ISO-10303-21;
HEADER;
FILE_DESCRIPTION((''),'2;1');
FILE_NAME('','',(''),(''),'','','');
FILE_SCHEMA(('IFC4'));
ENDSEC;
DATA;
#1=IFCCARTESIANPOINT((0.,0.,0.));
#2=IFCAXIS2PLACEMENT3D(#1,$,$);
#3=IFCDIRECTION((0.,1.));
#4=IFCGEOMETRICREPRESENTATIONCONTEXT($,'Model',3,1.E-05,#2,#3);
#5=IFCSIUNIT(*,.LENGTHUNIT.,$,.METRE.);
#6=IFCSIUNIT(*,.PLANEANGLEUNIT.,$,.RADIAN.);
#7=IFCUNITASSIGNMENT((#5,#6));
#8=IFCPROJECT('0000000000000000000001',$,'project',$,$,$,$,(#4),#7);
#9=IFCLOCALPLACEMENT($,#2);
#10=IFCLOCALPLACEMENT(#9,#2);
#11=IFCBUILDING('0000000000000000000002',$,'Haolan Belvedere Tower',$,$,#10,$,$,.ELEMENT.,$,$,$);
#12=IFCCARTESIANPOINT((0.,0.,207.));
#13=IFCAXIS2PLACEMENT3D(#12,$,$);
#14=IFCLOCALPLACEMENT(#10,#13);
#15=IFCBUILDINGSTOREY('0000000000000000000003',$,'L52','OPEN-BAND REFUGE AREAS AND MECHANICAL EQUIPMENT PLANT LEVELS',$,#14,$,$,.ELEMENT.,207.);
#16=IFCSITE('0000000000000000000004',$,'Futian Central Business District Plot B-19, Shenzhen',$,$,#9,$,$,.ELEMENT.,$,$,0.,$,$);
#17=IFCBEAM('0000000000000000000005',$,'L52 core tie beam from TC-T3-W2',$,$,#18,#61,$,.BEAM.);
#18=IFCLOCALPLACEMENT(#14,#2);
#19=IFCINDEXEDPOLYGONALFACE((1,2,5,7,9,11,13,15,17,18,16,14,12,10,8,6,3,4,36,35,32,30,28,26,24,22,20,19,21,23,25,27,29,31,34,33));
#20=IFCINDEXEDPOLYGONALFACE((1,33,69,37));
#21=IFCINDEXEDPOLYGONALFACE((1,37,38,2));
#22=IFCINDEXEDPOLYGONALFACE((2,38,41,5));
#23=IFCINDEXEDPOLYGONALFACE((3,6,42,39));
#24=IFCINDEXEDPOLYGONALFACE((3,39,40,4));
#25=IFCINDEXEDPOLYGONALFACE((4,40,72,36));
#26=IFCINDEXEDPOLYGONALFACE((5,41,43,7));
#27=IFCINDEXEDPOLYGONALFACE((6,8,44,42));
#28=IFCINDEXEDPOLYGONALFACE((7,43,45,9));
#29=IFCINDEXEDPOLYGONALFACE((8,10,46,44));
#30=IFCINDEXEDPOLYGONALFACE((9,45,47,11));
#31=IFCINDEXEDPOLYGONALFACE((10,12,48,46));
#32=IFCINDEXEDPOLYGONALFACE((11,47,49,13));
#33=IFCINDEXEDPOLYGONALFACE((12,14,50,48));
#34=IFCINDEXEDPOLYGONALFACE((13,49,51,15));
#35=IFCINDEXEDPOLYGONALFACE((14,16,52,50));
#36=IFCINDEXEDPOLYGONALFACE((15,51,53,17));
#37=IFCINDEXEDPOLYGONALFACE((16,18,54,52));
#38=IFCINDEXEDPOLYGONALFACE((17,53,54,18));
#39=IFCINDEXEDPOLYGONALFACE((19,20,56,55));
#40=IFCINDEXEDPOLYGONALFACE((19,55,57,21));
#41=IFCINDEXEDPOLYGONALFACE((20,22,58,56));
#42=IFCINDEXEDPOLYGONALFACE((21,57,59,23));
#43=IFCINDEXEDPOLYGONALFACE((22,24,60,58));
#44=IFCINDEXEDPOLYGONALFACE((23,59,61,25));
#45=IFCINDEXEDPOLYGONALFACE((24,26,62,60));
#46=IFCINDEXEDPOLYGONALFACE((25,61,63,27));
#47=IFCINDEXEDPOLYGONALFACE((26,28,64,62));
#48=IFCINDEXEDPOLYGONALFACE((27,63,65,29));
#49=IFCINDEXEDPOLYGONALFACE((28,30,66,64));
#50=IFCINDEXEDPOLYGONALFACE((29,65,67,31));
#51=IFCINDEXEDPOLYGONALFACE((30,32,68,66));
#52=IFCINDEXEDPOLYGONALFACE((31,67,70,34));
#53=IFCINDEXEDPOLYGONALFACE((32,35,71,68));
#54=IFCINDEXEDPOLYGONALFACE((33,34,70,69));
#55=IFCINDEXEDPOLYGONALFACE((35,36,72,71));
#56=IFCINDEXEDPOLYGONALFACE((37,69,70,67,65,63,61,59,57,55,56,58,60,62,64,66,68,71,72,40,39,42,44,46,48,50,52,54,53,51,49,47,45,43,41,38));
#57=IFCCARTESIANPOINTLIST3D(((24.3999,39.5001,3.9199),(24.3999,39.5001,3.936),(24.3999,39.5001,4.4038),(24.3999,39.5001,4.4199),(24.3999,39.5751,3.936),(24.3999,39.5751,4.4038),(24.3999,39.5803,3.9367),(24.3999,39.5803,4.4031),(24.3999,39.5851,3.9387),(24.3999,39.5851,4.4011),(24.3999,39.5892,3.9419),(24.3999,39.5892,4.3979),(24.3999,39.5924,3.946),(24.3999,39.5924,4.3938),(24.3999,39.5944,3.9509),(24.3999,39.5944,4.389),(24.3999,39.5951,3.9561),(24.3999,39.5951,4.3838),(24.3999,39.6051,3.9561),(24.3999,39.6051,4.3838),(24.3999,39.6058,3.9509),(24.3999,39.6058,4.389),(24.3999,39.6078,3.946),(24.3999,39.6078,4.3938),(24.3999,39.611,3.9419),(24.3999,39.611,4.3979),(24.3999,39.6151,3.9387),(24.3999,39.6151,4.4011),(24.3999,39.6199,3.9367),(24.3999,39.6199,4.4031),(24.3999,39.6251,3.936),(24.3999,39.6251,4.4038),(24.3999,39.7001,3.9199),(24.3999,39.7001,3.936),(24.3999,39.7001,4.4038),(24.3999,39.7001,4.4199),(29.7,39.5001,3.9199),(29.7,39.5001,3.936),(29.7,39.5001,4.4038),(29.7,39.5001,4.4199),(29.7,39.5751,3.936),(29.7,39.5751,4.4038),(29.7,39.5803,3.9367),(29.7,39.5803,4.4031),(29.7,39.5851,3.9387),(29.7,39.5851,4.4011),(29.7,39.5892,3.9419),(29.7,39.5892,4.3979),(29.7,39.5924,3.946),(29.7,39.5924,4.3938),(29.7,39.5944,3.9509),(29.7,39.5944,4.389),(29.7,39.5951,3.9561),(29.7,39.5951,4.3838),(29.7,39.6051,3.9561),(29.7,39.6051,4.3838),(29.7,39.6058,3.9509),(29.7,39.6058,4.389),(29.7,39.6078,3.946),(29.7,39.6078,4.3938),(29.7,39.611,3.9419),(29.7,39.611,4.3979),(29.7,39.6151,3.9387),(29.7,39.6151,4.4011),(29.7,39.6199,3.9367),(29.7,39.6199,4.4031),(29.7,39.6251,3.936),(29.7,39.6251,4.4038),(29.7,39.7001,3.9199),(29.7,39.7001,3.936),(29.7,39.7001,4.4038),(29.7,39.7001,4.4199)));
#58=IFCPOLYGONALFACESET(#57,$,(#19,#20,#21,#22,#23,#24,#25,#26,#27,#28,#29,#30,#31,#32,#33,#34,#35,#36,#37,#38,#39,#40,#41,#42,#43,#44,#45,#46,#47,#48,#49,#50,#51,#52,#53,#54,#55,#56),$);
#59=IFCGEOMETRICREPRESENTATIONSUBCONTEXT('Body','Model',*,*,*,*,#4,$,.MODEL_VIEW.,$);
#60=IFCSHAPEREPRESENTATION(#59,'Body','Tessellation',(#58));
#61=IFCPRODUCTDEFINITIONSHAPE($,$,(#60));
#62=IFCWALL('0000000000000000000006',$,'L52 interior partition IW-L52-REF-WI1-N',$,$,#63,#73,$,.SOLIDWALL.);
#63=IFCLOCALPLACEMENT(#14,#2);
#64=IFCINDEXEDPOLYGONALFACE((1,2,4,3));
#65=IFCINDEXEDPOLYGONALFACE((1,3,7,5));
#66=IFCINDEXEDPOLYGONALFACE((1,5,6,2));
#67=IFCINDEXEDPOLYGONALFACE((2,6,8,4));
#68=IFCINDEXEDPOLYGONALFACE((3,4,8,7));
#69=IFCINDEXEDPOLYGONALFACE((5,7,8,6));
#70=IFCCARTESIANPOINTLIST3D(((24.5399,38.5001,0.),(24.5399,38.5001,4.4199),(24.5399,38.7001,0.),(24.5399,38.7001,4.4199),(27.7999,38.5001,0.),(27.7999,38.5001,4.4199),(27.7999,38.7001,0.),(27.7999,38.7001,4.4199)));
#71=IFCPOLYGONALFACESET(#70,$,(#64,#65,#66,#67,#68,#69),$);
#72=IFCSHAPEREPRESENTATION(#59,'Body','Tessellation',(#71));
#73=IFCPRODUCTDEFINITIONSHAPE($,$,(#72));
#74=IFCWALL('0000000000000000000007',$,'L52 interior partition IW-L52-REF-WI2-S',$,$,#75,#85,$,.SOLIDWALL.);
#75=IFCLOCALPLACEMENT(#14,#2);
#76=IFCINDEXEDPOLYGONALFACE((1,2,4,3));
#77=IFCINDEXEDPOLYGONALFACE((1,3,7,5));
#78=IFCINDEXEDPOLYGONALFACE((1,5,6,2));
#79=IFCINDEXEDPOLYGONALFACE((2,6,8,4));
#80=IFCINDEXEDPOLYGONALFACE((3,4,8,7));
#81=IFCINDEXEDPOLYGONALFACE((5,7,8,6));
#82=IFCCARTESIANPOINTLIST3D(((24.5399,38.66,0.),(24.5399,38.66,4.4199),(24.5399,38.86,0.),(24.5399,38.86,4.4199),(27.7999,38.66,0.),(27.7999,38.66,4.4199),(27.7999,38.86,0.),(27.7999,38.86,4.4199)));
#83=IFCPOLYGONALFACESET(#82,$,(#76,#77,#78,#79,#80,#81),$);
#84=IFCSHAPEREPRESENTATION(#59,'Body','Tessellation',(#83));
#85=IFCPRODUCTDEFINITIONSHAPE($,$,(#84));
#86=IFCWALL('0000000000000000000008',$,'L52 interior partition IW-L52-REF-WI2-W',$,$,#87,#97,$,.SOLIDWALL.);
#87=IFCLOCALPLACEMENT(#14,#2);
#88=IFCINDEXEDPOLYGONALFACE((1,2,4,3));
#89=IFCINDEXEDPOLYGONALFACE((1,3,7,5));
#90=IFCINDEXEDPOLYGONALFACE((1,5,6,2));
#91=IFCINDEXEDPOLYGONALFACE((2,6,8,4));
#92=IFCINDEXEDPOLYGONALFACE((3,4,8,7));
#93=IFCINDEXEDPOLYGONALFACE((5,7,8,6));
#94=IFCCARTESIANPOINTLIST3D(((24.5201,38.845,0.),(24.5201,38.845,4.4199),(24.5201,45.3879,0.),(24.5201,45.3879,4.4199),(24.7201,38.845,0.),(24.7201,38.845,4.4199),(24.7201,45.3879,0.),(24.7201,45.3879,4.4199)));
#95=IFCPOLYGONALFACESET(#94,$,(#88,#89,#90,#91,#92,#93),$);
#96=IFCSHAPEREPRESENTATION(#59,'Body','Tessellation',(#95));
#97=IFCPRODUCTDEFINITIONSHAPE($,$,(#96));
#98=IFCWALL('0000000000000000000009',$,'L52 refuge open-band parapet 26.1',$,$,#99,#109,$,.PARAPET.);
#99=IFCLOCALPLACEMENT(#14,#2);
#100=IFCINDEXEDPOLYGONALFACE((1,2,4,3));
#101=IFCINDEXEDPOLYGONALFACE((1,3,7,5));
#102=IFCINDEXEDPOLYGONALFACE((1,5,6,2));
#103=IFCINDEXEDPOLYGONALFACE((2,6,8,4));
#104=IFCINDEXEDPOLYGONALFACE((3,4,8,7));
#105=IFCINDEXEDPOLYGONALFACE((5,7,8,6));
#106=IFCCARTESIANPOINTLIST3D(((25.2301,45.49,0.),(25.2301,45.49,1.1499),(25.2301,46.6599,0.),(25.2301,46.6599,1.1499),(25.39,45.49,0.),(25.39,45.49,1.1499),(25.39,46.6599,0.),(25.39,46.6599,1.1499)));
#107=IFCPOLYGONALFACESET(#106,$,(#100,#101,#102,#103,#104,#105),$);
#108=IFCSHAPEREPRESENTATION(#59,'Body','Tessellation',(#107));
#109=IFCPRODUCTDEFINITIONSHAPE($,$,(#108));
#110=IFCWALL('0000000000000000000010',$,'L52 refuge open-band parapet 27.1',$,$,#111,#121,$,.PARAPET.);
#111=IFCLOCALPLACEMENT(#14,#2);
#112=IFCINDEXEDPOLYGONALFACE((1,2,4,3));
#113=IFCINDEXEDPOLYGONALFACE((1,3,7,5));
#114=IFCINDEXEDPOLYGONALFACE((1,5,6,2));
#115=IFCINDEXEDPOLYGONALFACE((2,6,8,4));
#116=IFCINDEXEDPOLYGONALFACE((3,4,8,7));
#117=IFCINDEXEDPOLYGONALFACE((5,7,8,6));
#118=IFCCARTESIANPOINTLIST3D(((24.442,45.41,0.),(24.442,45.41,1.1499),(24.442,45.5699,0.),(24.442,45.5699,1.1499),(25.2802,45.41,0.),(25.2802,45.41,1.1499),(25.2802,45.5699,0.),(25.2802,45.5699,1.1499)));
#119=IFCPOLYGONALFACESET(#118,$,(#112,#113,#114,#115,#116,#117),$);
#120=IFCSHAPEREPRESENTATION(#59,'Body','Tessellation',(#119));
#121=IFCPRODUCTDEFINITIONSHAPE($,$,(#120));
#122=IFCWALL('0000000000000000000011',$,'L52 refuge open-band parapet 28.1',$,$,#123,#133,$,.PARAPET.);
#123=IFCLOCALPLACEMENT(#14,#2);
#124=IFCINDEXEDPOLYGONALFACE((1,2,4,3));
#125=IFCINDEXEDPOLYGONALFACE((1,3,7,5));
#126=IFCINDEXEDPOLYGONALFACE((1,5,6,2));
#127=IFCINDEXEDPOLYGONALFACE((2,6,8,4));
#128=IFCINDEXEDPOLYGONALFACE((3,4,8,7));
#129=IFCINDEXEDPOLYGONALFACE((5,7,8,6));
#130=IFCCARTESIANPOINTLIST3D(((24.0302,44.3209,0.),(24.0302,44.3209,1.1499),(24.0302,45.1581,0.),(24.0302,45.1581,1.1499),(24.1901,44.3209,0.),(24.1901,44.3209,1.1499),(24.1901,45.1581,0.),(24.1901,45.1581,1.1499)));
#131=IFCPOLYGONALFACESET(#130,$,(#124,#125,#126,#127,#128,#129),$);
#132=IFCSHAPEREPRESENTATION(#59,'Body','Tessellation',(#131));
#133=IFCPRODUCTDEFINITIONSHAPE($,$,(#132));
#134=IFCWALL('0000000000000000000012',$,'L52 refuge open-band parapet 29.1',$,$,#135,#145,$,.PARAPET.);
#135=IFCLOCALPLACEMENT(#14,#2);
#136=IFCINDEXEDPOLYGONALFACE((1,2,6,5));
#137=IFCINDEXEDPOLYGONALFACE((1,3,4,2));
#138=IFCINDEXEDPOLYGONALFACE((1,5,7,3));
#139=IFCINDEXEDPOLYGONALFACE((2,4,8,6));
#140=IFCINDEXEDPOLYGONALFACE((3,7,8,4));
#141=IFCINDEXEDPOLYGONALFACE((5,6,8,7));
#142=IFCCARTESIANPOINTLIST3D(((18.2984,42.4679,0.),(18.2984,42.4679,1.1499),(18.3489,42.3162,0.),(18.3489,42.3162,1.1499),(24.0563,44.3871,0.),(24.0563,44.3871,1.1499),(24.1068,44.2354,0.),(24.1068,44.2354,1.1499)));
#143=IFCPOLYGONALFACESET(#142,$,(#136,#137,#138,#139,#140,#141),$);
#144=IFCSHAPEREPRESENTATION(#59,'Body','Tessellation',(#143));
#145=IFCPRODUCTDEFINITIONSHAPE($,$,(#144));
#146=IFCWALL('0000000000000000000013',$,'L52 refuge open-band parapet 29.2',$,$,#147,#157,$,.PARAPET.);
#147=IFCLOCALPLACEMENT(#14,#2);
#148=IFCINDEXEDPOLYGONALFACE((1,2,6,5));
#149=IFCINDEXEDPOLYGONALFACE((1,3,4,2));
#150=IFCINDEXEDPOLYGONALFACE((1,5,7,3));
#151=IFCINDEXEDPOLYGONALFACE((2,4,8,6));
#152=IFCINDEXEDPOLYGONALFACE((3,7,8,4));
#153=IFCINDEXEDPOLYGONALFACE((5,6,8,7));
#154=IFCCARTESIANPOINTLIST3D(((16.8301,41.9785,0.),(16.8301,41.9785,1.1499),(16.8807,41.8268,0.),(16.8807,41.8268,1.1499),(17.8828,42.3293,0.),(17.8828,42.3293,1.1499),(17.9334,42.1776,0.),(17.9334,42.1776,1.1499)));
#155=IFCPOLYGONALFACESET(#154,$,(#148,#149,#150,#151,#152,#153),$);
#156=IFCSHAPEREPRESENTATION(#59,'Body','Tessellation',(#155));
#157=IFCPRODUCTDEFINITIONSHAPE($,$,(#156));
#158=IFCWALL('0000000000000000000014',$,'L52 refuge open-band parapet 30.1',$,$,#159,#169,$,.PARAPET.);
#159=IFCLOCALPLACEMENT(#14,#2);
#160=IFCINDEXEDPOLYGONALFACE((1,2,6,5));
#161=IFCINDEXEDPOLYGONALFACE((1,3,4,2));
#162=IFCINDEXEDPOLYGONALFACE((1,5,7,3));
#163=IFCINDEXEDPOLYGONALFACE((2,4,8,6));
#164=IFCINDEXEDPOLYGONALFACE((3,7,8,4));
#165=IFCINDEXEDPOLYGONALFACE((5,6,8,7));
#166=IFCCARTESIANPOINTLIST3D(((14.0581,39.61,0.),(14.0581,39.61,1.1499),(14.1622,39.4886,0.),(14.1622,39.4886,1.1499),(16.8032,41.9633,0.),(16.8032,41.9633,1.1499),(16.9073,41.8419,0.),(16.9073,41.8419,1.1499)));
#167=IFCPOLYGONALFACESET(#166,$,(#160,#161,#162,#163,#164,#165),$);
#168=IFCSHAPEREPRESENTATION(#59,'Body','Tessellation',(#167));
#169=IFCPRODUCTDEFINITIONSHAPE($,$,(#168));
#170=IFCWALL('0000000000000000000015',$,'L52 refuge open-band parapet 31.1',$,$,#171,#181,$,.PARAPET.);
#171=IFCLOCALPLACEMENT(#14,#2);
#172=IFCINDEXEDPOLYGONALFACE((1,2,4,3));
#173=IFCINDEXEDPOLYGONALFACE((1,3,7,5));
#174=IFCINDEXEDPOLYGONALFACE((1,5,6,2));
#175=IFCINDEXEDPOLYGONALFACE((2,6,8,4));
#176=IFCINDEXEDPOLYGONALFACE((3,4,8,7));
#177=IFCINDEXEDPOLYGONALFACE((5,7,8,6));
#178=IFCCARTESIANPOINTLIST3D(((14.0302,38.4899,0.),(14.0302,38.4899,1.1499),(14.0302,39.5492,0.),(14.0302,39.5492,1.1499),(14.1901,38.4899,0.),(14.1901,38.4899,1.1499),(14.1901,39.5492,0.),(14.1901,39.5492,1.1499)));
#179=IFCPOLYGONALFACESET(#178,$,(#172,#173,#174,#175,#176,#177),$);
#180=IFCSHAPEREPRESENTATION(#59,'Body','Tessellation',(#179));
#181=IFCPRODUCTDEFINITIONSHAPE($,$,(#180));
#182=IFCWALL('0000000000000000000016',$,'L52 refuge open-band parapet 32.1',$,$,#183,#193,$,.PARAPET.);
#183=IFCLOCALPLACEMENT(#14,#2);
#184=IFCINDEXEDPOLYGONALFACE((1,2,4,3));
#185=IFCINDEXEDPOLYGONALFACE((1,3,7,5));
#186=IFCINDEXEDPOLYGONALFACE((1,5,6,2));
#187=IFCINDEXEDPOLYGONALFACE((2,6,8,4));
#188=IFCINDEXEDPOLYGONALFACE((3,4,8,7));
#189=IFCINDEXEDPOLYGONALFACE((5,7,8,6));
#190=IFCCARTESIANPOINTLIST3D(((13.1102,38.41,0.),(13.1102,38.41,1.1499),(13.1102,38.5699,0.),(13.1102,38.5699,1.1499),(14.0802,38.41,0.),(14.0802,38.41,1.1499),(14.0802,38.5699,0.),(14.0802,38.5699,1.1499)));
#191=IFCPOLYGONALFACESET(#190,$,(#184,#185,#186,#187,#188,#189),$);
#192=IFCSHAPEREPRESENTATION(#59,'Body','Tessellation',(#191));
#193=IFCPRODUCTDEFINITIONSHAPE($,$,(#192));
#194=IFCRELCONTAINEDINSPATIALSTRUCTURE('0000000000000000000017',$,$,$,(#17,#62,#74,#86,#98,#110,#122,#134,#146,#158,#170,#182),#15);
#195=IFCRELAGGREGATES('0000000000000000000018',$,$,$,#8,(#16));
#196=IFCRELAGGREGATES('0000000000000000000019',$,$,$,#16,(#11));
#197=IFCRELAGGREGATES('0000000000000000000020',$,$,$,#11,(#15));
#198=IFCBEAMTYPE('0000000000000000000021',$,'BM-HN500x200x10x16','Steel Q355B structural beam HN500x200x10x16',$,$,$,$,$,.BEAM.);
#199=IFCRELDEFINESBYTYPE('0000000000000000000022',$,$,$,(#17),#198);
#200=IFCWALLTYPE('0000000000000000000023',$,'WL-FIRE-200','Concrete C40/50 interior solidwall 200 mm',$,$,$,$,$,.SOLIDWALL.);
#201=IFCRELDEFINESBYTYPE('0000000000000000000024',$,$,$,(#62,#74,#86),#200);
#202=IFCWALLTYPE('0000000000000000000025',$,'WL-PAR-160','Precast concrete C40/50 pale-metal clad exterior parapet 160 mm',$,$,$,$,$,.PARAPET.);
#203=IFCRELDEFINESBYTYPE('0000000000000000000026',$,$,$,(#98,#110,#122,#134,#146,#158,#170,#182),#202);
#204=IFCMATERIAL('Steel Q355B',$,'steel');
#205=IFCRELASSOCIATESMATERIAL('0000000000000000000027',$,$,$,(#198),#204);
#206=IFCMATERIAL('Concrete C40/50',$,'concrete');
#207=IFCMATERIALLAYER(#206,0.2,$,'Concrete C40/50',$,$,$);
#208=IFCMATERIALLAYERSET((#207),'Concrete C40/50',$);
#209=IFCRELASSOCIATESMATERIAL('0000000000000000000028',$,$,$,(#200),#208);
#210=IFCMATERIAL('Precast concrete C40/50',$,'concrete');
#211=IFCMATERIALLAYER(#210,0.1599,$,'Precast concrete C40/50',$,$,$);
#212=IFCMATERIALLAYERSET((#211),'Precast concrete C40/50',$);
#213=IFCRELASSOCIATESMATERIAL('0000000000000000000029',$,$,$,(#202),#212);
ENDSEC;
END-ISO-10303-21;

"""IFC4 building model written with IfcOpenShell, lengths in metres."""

from ifc_helpers import new_model, si_unit, direction, frame, frame_2d, origin, origin_2d, place, context, subcontext, project, spatial, rectangle, i_section, extrude, material, layer, layer_set, material_profile, profile_set, type_object, element, save


model = new_model("IFC4")

# Units and contexts
model_context = context("Model", 3, precision=1e-05, world=origin(), true_north=direction((0.0, 1.0)))
body_context = subcontext(model_context, "Body", "Model", "MODEL_VIEW")
ifc_project = project(units=[si_unit("LENGTHUNIT", "METRE"), si_unit("PLANEANGLEUNIT", "RADIAN")], contexts=[model_context])

# Site, building, storey
site_placement = place(None, origin())
site = spatial("IfcSite", under=ifc_project, at=site_placement, Name="Futian Central Business District Plot B-19, Shenzhen", CompositionType="ELEMENT", RefElevation=0.0)
building_placement = place(site_placement, origin())
building = spatial("IfcBuilding", under=site, at=building_placement, Name="Haolan Belvedere Tower", CompositionType="ELEMENT")
storey_placement = place(building_placement, frame((0.0, 0.0, 207.0)))
storey = spatial("IfcBuildingStorey", under=building, at=storey_placement, Name="L52", Description="OPEN-BAND REFUGE AREAS AND MECHANICAL EQUIPMENT PLANT LEVELS", CompositionType="ELEMENT", Elevation=207.0)

# Beam
ifc_material_1 = material(Name="Steel Q355B", Category="steel")
ifc_material_profile_1 = material_profile(ifc_material_1, i_section(OverallWidth=0.2, OverallDepth=0.5, WebThickness=0.01, FlangeThickness=0.0161, FilletRadius=0.02, at=origin_2d()), Name="Steel Q355B")
ifc_profile_set_1 = profile_set([ifc_material_profile_1], Name="Steel Q355B")
beam_type_1 = type_object("IfcBeamType", Name="BM-HN500x200x10x16", Description="Steel Q355B structural beam HN500x200x10x16", PredefinedType="BEAM", material=ifc_profile_set_1)
beam_1_placement = place(storey_placement, frame((24.3999, 39.6001, 4.1699), z_axis=(1.0, 0.0, 0.0), x_axis=(0.0, 1.0, 0.0)))
element("IfcBeam", 1, at=beam_1_placement, inside=storey, type_object=beam_type_1, Name="L52 core tie beam from TC-T3-W2", PredefinedType="BEAM", context=body_context, shape_type="SweptSolid", body=[
    extrude(i_section(OverallWidth=0.2, OverallDepth=0.5, WebThickness=0.01, FlangeThickness=0.0161, FilletRadius=0.02, at=origin_2d()), origin(), (0.0, 0.0, 1.0), 5.3),
])

# Walls
ifc_material_2 = material(Name="Concrete C40/50", Category="concrete")
ifc_layer_1 = layer(ifc_material_2, 0.2, Name="Concrete C40/50")
ifc_layer_set_1 = layer_set([ifc_layer_1], Name="Concrete C40/50")
wall_type_1 = type_object("IfcWallType", Name="WL-FIRE-200", Description="Concrete C40/50 interior solidwall 200 mm", PredefinedType="SOLIDWALL", material=ifc_layer_set_1)
for number, where, z_axis, x_axis, name in (
    (2, (24.54, 38.6001, 0.0), (0.0, 0.0, 1.0), (1.0, 0.0, 0.0), "L52 interior partition IW-L52-REF-WI1-N"),
    (3, (24.54, 38.76, 0.0), (0.0, 0.0, 1.0), (1.0, 0.0, 0.0), "L52 interior partition IW-L52-REF-WI2-S"),
):
    element("IfcWall", number, at=place(storey_placement, frame(where, z_axis=z_axis, x_axis=x_axis)), inside=storey, type_object=wall_type_1, Name=name, PredefinedType="SOLIDWALL", context=body_context, shape_type="SweptSolid", body=[
        extrude(rectangle(XDim=3.26, YDim=0.2, at=frame_2d((1.6299, 0.0))), origin(), (0.0, 0.0, 1.0), 4.4199),
    ])
wall_1_placement = place(storey_placement, frame((24.6201, 38.845, 0.0), z_axis=(0.0, 0.0, 1.0), x_axis=(0.0, 1.0, 0.0)))
element("IfcWall", 4, at=wall_1_placement, inside=storey, type_object=wall_type_1, Name="L52 interior partition IW-L52-REF-WI2-W", PredefinedType="SOLIDWALL", context=body_context, shape_type="SweptSolid", body=[
    extrude(rectangle(XDim=6.543, YDim=0.2, at=frame_2d((3.2715, 0.0))), origin(), (0.0, 0.0, 1.0), 4.4199),
])
ifc_material_3 = material(Name="Precast concrete C40/50", Category="concrete")
ifc_layer_2 = layer(ifc_material_3, 0.1599, Name="Precast concrete C40/50")
ifc_layer_set_2 = layer_set([ifc_layer_2], Name="Precast concrete C40/50")
wall_type_2 = type_object("IfcWallType", Name="WL-PAR-160", Description="Precast concrete C40/50 pale-metal clad exterior parapet 160 mm", PredefinedType="PARAPET", material=ifc_layer_set_2)
wall_2_placement = place(storey_placement, frame((25.3101, 46.6599, 0.0), z_axis=(0.0, 0.0, 1.0), x_axis=(0.0, -1.0, 0.0)))
element("IfcWall", 5, at=wall_2_placement, inside=storey, type_object=wall_type_2, Name="L52 refuge open-band parapet 26.1", PredefinedType="PARAPET", context=body_context, shape_type="SweptSolid", body=[
    extrude(rectangle(XDim=1.1699, YDim=0.1599, at=frame_2d((0.585, 0.0))), origin(), (0.0, 0.0, 1.0), 1.1499),
])
wall_3_placement = place(storey_placement, frame((25.28, 45.49, 0.0), z_axis=(0.0, 0.0, 1.0), x_axis=(-1.0, 0.0, 0.0)))
element("IfcWall", 6, at=wall_3_placement, inside=storey, type_object=wall_type_2, Name="L52 refuge open-band parapet 27.1", PredefinedType="PARAPET", context=body_context, shape_type="SweptSolid", body=[
    extrude(rectangle(XDim=0.8381, YDim=0.1599, at=frame_2d((0.4189, 0.0))), origin(), (0.0, 0.0, 1.0), 1.1499),
])
wall_4_placement = place(storey_placement, frame((24.1101, 45.158, 0.0), z_axis=(0.0, 0.0, 1.0), x_axis=(0.0, -1.0, 0.0)))
element("IfcWall", 7, at=wall_4_placement, inside=storey, type_object=wall_type_2, Name="L52 refuge open-band parapet 28.1", PredefinedType="PARAPET", context=body_context, shape_type="SweptSolid", body=[
    extrude(rectangle(XDim=0.8372, YDim=0.1599, at=frame_2d((0.4185, 0.0))), origin(), (0.0, 0.0, 1.0), 1.1499),
])
wall_5_placement = place(storey_placement, frame((24.0815, 44.3113, 0.0), z_axis=(0.0, 0.0, 1.0), x_axis=(-0.948687, -0.316216, 0.0)))
element("IfcWall", 8, at=wall_5_placement, inside=storey, type_object=wall_type_2, Name="L52 refuge open-band parapet 29.1", PredefinedType="PARAPET", context=body_context, shape_type="SweptSolid", body=[
    extrude(rectangle(XDim=6.0693, YDim=0.1599, at=frame_2d((3.0347, 0.0))), origin(), (0.0, 0.0, 1.0), 1.1499),
])
wall_6_placement = place(storey_placement, frame((17.908, 42.2534, 0.0), z_axis=(0.0, 0.0, 1.0), x_axis=(-0.948705, -0.316162, 0.0)))
element("IfcWall", 9, at=wall_6_placement, inside=storey, type_object=wall_type_2, Name="L52 refuge open-band parapet 29.2", PredefinedType="PARAPET", context=body_context, shape_type="SweptSolid", body=[
    extrude(rectangle(XDim=1.1096, YDim=0.1599, at=frame_2d((0.5547, 0.0))), origin(), (0.0, 0.0, 1.0), 1.1499),
])
wall_7_placement = place(storey_placement, frame((16.8552, 41.9026, 0.0), z_axis=(0.0, 0.0, 1.0), x_axis=(-0.759214, -0.650841, 0.0)))
element("IfcWall", 10, at=wall_7_placement, inside=storey, type_object=wall_type_2, Name="L52 refuge open-band parapet 30.1", PredefinedType="PARAPET", context=body_context, shape_type="SweptSolid", body=[
    extrude(rectangle(XDim=3.6157, YDim=0.1599, at=frame_2d((1.8079, 0.0))), origin(), (0.0, 0.0, 1.0), 1.1499),
])
wall_8_placement = place(storey_placement, frame((14.1101, 39.5493, 0.0), z_axis=(0.0, 0.0, 1.0), x_axis=(0.0, -1.0, 0.0)))
element("IfcWall", 11, at=wall_8_placement, inside=storey, type_object=wall_type_2, Name="L52 refuge open-band parapet 31.1", PredefinedType="PARAPET", context=body_context, shape_type="SweptSolid", body=[
    extrude(rectangle(XDim=1.0593, YDim=0.1599, at=frame_2d((0.5298, 0.0))), origin(), (0.0, 0.0, 1.0), 1.1499),
])
for number, where, z_axis, x_axis, name in (
    (12, (14.0801, 38.49, 0.0), (0.0, 0.0, 1.0), (-1.0, 0.0, 0.0), "L52 refuge open-band parapet 32.1"),
):
    element("IfcWall", number, at=place(storey_placement, frame(where, z_axis=z_axis, x_axis=x_axis)), inside=storey, type_object=wall_type_2, Name=name, PredefinedType="PARAPET", context=body_context, shape_type="SweptSolid", body=[
        extrude(rectangle(XDim=0.97, YDim=0.1599, at=frame_2d((0.4849, 0.0))), origin(), (0.0, 0.0, 1.0), 1.1499),
    ])

save(model, "model.ifc")
